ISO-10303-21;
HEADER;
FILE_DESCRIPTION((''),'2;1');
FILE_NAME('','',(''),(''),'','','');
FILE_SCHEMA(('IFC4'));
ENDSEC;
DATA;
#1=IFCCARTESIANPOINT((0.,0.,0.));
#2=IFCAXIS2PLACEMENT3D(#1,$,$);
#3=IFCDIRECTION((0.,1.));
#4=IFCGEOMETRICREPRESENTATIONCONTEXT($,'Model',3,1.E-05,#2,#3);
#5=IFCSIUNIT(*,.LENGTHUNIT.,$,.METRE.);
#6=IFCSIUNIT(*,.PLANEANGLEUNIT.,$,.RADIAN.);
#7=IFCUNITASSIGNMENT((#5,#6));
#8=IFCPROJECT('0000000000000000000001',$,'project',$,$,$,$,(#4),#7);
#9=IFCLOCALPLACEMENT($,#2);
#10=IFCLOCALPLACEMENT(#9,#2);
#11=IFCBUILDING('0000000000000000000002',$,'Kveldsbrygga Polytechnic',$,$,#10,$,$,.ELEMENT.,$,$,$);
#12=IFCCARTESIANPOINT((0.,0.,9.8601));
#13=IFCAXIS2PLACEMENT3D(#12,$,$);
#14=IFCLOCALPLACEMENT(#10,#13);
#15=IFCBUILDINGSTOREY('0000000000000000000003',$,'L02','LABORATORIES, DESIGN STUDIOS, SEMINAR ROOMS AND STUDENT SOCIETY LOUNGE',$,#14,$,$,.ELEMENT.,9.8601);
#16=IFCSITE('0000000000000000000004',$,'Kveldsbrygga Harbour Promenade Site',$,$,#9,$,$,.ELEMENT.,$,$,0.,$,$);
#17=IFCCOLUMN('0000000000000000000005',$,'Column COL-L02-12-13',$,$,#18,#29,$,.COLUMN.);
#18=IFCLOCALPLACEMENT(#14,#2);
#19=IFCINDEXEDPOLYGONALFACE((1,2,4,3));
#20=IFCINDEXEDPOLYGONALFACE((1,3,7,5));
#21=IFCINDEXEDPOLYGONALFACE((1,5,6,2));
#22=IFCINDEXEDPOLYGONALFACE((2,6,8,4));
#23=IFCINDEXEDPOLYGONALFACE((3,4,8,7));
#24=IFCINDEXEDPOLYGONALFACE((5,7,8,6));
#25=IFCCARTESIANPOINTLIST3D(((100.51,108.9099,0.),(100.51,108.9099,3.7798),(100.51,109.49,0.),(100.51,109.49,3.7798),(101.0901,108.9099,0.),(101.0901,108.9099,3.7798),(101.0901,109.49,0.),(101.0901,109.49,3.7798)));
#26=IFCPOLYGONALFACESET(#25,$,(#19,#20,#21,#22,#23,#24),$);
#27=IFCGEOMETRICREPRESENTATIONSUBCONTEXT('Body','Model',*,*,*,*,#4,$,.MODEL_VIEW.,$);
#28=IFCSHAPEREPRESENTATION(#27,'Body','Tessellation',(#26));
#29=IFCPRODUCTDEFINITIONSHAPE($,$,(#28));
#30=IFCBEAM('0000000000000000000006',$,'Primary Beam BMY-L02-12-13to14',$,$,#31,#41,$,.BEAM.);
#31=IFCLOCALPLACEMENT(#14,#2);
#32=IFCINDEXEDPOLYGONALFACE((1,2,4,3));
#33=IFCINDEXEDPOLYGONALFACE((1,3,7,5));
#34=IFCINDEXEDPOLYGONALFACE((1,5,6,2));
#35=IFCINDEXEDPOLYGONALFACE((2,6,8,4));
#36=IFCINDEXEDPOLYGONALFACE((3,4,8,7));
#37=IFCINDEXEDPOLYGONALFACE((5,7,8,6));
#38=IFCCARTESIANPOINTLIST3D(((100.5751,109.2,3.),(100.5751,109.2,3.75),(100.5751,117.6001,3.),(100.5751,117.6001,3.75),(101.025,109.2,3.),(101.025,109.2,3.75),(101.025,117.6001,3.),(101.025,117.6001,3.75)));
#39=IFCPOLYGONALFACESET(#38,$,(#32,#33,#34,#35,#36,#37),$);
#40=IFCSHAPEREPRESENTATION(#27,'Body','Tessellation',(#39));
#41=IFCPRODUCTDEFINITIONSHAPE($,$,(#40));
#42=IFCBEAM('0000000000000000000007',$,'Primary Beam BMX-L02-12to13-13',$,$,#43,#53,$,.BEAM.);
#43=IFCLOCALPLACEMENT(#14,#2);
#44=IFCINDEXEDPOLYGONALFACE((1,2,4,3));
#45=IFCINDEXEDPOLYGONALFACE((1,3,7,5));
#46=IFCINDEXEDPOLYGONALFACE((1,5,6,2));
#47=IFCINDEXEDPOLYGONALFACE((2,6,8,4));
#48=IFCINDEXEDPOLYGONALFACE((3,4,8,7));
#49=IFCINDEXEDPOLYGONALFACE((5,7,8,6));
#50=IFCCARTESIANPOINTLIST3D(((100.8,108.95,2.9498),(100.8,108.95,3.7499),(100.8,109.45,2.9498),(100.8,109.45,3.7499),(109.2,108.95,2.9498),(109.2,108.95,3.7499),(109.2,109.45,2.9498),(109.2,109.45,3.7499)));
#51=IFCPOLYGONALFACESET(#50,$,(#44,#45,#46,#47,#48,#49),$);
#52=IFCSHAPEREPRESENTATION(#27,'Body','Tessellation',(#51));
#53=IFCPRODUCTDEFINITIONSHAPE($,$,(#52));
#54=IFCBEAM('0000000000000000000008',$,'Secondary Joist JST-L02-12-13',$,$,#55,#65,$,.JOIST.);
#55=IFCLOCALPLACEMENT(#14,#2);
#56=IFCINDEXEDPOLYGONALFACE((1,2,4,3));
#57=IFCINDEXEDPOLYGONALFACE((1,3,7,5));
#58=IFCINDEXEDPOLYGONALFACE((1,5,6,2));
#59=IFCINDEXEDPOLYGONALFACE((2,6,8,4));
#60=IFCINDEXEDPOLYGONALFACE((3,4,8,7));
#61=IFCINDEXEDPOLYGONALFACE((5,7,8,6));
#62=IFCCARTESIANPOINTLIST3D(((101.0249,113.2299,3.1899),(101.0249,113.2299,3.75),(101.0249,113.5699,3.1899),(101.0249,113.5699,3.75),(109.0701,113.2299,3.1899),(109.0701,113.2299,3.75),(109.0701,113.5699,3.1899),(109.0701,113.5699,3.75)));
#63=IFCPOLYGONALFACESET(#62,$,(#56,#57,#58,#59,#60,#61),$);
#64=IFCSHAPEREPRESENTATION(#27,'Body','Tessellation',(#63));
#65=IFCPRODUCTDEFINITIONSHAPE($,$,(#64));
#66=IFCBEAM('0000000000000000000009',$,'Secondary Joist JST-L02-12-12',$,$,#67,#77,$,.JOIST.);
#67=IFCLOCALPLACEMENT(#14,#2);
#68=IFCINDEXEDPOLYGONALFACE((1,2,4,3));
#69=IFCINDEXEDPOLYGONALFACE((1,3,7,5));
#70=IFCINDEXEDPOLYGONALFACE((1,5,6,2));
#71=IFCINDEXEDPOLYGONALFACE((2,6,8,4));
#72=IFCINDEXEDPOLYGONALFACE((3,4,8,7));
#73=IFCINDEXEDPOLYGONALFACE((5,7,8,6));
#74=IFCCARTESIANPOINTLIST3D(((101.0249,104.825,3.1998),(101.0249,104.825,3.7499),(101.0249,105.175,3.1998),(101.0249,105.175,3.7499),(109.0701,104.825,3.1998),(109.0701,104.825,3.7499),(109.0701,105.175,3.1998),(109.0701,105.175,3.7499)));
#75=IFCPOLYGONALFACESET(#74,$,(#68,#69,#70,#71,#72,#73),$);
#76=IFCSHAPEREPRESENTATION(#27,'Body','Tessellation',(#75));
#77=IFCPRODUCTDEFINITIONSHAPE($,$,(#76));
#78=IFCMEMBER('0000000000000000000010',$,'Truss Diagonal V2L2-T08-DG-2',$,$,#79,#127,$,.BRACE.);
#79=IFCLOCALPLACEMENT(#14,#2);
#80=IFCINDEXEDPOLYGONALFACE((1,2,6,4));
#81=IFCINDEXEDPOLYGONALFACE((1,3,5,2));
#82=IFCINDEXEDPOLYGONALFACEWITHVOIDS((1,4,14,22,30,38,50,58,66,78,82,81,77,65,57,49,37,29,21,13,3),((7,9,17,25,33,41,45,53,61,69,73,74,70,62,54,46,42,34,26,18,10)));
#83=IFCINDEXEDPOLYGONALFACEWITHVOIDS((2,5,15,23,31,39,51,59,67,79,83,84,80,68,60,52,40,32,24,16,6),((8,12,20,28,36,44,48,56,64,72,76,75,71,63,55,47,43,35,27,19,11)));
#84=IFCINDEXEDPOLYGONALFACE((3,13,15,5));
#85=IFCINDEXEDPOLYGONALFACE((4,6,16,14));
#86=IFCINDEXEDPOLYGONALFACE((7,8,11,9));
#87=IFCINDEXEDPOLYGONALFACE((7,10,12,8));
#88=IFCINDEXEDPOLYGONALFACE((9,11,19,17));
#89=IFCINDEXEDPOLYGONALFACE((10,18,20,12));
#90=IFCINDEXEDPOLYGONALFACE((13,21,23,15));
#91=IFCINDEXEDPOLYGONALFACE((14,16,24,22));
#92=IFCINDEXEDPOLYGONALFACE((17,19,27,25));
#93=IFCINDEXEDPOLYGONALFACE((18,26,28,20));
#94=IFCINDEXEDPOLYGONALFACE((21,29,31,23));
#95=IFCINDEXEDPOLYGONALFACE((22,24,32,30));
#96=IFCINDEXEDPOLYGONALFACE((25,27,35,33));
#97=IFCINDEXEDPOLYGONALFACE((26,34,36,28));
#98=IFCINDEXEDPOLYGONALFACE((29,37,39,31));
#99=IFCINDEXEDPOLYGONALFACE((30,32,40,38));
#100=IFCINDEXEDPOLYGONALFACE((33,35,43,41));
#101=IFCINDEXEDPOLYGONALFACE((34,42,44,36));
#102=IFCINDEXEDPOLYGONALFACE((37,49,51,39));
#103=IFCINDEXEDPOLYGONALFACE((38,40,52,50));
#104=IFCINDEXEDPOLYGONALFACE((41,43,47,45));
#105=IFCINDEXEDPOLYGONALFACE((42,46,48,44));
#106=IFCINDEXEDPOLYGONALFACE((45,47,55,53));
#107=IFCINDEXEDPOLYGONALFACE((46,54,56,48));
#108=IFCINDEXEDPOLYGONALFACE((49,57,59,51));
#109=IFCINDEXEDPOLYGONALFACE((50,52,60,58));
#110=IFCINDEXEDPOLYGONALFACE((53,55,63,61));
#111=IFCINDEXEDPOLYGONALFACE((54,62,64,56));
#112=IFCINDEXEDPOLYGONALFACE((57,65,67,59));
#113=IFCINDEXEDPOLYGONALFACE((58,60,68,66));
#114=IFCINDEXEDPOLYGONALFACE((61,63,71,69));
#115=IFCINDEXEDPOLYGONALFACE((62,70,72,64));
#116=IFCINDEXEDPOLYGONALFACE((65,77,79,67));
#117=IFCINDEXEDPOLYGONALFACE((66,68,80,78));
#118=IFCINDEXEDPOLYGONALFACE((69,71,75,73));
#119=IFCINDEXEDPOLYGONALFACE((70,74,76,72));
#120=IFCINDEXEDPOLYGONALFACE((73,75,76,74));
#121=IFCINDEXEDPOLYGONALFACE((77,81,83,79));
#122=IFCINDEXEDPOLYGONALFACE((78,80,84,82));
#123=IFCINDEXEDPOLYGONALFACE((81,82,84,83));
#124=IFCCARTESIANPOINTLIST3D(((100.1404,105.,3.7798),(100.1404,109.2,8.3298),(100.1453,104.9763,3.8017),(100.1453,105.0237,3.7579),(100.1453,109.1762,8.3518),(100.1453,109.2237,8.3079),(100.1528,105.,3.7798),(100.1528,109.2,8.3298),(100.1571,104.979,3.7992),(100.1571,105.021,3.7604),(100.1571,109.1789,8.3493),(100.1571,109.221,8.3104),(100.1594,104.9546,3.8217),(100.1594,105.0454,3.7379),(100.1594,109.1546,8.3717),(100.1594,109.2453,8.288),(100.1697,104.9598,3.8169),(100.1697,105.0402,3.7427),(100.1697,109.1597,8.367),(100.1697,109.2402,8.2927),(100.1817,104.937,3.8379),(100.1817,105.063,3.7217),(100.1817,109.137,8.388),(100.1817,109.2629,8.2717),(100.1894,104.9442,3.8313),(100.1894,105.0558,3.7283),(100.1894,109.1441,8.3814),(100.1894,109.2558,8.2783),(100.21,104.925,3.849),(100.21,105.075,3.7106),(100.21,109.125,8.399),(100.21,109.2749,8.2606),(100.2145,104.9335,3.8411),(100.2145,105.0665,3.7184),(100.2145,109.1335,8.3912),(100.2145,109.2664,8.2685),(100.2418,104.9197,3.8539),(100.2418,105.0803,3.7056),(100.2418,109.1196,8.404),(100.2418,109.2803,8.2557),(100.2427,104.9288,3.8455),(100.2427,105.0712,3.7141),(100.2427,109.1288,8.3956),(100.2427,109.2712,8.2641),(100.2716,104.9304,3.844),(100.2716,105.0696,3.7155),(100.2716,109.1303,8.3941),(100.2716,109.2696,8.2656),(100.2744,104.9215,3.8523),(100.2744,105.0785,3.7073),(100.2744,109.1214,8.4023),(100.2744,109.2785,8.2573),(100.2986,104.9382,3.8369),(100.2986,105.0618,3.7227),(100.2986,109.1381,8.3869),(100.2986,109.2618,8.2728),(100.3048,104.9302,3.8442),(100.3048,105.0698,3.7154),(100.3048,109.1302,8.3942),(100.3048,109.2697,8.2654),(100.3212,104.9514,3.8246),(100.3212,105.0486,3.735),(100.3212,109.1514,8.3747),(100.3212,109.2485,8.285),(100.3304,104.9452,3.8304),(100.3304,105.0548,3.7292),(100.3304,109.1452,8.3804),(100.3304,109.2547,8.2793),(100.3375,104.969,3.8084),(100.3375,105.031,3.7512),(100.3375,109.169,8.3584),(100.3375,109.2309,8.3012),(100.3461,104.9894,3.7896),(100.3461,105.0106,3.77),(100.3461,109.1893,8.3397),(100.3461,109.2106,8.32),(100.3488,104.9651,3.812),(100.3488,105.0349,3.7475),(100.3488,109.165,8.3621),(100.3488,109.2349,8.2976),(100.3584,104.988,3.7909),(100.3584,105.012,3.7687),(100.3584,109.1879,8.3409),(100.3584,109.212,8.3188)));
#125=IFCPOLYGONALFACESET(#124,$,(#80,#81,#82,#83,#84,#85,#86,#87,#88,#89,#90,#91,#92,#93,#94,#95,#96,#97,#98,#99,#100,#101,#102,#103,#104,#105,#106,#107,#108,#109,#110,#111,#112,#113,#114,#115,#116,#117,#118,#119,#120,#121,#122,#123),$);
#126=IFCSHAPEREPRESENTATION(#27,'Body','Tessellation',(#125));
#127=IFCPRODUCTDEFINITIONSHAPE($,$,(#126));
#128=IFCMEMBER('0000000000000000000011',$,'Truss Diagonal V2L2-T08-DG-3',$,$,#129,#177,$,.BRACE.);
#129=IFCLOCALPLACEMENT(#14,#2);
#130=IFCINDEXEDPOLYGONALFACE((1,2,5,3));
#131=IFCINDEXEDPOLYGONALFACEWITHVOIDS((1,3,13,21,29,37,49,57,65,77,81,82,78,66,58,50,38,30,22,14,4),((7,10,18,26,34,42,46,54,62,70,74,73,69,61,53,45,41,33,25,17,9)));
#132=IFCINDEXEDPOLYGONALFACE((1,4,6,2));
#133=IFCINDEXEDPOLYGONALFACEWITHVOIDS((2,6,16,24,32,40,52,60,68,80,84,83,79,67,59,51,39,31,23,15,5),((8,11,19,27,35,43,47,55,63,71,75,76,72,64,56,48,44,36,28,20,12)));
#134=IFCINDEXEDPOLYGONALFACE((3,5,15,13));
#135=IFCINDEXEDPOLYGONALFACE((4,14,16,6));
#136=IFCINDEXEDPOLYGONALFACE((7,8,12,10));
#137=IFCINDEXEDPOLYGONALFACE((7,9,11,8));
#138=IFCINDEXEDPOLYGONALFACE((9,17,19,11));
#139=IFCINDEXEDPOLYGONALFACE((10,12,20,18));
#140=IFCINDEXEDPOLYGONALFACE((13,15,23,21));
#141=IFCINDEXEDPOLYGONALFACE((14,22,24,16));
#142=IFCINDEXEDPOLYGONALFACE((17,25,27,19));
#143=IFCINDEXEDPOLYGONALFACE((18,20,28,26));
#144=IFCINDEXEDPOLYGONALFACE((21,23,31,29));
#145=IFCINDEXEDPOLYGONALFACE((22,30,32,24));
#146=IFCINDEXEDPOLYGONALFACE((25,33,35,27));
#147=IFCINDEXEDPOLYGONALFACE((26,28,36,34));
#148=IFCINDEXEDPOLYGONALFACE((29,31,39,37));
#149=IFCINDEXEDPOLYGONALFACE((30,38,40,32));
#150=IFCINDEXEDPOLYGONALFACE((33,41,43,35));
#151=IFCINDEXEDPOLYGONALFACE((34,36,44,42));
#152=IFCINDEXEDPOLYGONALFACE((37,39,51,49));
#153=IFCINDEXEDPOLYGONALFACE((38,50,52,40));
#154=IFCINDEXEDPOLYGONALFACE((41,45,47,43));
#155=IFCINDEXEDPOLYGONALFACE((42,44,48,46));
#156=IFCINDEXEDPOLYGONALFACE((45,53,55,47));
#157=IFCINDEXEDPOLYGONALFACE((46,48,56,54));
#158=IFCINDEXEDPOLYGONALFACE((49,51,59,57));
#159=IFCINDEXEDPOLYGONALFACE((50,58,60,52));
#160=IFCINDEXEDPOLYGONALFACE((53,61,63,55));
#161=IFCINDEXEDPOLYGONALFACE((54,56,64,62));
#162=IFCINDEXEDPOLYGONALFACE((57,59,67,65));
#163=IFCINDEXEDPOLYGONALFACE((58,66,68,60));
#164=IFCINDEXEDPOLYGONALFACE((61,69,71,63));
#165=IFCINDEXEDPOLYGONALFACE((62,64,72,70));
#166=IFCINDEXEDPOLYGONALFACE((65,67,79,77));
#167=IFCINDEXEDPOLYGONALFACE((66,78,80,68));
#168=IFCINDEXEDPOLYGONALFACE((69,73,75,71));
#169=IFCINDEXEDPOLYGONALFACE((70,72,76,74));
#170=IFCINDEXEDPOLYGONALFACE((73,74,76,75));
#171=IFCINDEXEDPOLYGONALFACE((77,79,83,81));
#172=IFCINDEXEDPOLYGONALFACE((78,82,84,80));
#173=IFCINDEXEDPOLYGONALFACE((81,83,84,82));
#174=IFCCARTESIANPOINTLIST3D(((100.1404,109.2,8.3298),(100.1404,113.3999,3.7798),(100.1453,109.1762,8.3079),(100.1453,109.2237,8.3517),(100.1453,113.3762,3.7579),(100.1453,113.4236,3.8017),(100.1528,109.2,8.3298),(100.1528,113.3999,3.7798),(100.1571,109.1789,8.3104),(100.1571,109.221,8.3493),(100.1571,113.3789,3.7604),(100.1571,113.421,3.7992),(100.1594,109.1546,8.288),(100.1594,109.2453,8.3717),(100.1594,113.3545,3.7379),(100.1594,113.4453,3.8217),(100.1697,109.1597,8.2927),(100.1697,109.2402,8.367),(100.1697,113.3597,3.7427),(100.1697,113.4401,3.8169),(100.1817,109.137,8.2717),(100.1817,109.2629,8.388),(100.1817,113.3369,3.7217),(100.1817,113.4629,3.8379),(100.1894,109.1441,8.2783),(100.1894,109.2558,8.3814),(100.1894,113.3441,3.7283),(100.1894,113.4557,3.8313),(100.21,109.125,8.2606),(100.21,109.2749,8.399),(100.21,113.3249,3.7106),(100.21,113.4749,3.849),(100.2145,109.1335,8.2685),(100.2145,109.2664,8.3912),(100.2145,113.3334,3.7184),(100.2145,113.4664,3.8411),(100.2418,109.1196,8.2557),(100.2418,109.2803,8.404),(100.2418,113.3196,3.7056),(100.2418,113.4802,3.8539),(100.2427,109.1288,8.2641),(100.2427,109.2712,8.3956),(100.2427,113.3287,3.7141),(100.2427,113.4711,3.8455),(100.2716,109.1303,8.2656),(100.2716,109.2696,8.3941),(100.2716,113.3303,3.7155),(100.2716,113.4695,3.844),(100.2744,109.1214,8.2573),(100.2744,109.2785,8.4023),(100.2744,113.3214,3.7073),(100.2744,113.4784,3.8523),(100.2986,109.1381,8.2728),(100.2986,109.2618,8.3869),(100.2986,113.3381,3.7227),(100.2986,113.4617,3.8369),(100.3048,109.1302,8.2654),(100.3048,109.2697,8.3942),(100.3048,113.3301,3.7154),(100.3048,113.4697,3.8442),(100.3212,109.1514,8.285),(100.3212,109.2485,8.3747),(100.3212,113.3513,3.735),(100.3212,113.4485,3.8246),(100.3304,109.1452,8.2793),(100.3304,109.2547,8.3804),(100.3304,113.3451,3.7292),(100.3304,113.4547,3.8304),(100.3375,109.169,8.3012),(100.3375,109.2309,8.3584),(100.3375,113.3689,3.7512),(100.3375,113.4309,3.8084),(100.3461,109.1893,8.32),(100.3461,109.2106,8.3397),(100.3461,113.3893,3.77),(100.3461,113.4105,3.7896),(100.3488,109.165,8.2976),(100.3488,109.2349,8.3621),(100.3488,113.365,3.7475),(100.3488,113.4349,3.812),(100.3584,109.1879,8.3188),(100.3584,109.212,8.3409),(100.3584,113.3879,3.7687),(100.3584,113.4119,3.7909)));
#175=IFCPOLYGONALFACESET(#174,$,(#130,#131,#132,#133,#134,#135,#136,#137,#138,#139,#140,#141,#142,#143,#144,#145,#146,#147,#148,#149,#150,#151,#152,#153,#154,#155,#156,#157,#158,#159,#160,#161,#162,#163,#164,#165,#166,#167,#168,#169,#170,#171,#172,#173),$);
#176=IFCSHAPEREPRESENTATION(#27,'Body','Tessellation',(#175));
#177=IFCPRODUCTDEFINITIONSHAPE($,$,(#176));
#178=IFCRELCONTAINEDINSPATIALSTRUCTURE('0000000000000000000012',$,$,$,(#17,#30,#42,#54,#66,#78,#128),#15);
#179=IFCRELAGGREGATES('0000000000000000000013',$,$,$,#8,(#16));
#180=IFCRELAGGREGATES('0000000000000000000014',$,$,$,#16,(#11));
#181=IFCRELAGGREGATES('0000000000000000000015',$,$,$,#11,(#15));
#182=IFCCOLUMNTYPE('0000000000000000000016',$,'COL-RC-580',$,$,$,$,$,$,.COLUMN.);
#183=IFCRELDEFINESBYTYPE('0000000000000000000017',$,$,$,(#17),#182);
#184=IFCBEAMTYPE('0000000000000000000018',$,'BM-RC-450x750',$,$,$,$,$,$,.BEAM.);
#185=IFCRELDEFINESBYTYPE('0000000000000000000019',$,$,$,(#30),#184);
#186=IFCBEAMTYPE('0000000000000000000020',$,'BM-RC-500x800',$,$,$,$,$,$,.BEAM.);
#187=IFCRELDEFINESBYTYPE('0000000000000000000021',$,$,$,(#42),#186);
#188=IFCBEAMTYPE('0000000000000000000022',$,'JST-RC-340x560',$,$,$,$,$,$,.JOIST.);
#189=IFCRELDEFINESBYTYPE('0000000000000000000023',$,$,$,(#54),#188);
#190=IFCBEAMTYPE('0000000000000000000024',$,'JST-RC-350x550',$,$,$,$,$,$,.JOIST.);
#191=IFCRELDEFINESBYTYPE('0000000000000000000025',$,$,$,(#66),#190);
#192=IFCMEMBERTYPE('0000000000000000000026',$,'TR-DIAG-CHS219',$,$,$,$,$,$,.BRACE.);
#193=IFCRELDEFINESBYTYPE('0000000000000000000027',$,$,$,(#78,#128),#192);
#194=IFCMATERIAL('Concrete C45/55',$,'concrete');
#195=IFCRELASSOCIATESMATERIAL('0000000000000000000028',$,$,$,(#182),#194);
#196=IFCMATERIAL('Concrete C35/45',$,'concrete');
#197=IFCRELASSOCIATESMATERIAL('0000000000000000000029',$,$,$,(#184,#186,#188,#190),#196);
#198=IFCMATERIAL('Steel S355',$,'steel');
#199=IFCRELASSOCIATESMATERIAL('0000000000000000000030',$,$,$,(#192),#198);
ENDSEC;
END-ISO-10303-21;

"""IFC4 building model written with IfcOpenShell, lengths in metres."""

from ifc_helpers import new_model, si_unit, direction, frame, origin, origin_2d, place, context, subcontext, project, spatial, rectangle, hollow_circle, extrude, material, material_profile, profile_set, type_object, element, save


model = new_model("IFC4")

# Units and contexts
model_context = context("Model", 3, precision=1e-05, world=origin(), true_north=direction((0.0, 1.0)))
body_context = subcontext(model_context, "Body", "Model", "MODEL_VIEW")
ifc_project = project(units=[si_unit("LENGTHUNIT", "METRE"), si_unit("PLANEANGLEUNIT", "RADIAN")], contexts=[model_context])

# Site, building, storey
site_placement = place(None, origin())
site = spatial("IfcSite", under=ifc_project, at=site_placement, Name="Kveldsbrygga Harbour Promenade Site", CompositionType="ELEMENT", RefElevation=0.0)
building_placement = place(site_placement, origin())
building = spatial("IfcBuilding", under=site, at=building_placement, Name="Kveldsbrygga Polytechnic", CompositionType="ELEMENT")
storey_placement = place(building_placement, frame((0.0, 0.0, 9.8601)))
storey = spatial("IfcBuildingStorey", under=building, at=storey_placement, Name="L02", Description="LABORATORIES, DESIGN STUDIOS, SEMINAR ROOMS AND STUDENT SOCIETY LOUNGE", CompositionType="ELEMENT", Elevation=9.8601)

# Column
ifc_material_1 = material(Name="Concrete C45/55", Category="concrete")
ifc_material_profile_1 = material_profile(ifc_material_1, rectangle(XDim=0.5801, YDim=0.5801, at=origin_2d()), Name="RC 580x580")
ifc_profile_set_1 = profile_set([ifc_material_profile_1], Name="Concrete C45/55")
column_type = type_object("IfcColumnType", Name="COL-RC-580", PredefinedType="COLUMN", material=ifc_profile_set_1)
column_placement = place(storey_placement, frame((100.8, 109.2, 0.0), z_axis=(0.0, 0.0, 1.0), x_axis=(1.0, 0.0, 0.0)))
element("IfcColumn", 1, at=column_placement, inside=storey, type_object=column_type, Name="Column COL-L02-12-13", PredefinedType="COLUMN", context=body_context, shape_type="SweptSolid", body=[
    extrude(rectangle(XDim=0.5801, YDim=0.5801, at=origin_2d()), origin(), (0.0, 0.0, 1.0), 3.7798),
])

# Beams
ifc_material_2 = material(Name="Concrete C35/45", Category="concrete")
ifc_material_profile_2 = material_profile(ifc_material_2, rectangle(XDim=0.45, YDim=0.75, at=origin_2d()), Name="RC 450x750")
ifc_profile_set_2 = profile_set([ifc_material_profile_2], Name="Concrete C35/45")
beam_type_1 = type_object("IfcBeamType", Name="BM-RC-450x750", PredefinedType="BEAM", material=ifc_profile_set_2)
beam_1_placement = place(storey_placement, frame((100.8, 109.2, 3.375), z_axis=(0.0, 1.0, 0.0), x_axis=(-1.0, 0.0, 0.0)))
element("IfcBeam", 2, at=beam_1_placement, inside=storey, type_object=beam_type_1, Name="Primary Beam BMY-L02-12-13to14", PredefinedType="BEAM", context=body_context, shape_type="SweptSolid", body=[
    extrude(rectangle(XDim=0.45, YDim=0.75, at=origin_2d()), origin(), (0.0, 0.0, 1.0), 8.4001),
])
ifc_material_profile_3 = material_profile(ifc_material_2, rectangle(XDim=0.5, YDim=0.8, at=origin_2d()), Name="RC 500x800")
ifc_profile_set_3 = profile_set([ifc_material_profile_3], Name="Concrete C35/45")
beam_type_2 = type_object("IfcBeamType", Name="BM-RC-500x800", PredefinedType="BEAM", material=ifc_profile_set_3)
beam_2_placement = place(storey_placement, frame((100.8, 109.2, 3.3499), z_axis=(1.0, 0.0, 0.0), x_axis=(0.0, 1.0, 0.0)))
element("IfcBeam", 3, at=beam_2_placement, inside=storey, type_object=beam_type_2, Name="Primary Beam BMX-L02-12to13-13", PredefinedType="BEAM", context=body_context, shape_type="SweptSolid", body=[
    extrude(rectangle(XDim=0.5, YDim=0.8, at=origin_2d()), origin(), (0.0, 0.0, 1.0), 8.3999),
])
ifc_material_profile_4 = material_profile(ifc_material_2, rectangle(XDim=0.3401, YDim=0.5601, at=origin_2d()), Name="RC 340x560")
ifc_profile_set_4 = profile_set([ifc_material_profile_4], Name="Concrete C35/45")
beam_type_3 = type_object("IfcBeamType", Name="JST-RC-340x560", PredefinedType="JOIST", material=ifc_profile_set_4)
beam_3_placement = place(storey_placement, frame((101.0249, 113.3999, 3.47), z_axis=(1.0, 0.0, 0.0), x_axis=(0.0, 1.0, 0.0)))
element("IfcBeam", 4, at=beam_3_placement, inside=storey, type_object=beam_type_3, Name="Secondary Joist JST-L02-12-13", PredefinedType="JOIST", context=body_context, shape_type="SweptSolid", body=[
    extrude(rectangle(XDim=0.3401, YDim=0.5601, at=origin_2d()), origin(), (0.0, 0.0, 1.0), 8.0452),
])
ifc_material_profile_5 = material_profile(ifc_material_2, rectangle(XDim=0.3501, YDim=0.55, at=origin_2d()), Name="RC 350x550")
ifc_profile_set_5 = profile_set([ifc_material_profile_5], Name="Concrete C35/45")
beam_type_4 = type_object("IfcBeamType", Name="JST-RC-350x550", PredefinedType="JOIST", material=ifc_profile_set_5)
beam_4_placement = place(storey_placement, frame((101.0249, 105.0, 3.4749), z_axis=(1.0, 0.0, 0.0), x_axis=(0.0, 1.0, 0.0)))
element("IfcBeam", 5, at=beam_4_placement, inside=storey, type_object=beam_type_4, Name="Secondary Joist JST-L02-12-12", PredefinedType="JOIST", context=body_context, shape_type="SweptSolid", body=[
    extrude(rectangle(XDim=0.3501, YDim=0.55, at=origin_2d()), origin(), (0.0, 0.0, 1.0), 8.0452),
])

# Members
ifc_material_3 = material(Name="Steel S355", Category="steel")
ifc_material_profile_6 = material_profile(ifc_material_3, hollow_circle(Radius=0.1096, WallThickness=0.0125, at=origin_2d()), Name="CHS 219.1x12.5")
ifc_profile_set_6 = profile_set([ifc_material_profile_6], Name="Steel S355")
member_type_1 = type_object("IfcMemberType", Name="TR-DIAG-CHS219", PredefinedType="BRACE", material=ifc_profile_set_6)
for number, where, z_axis, x_axis, name in (
    (6, (100.25, 105.0, 3.7798), (0.0, 0.678272, 0.734811), (-1.0, 0.0, 0.0), "Truss Diagonal V2L2-T08-DG-2"),
    (7, (100.25, 109.2, 8.3298), (0.0, 0.678272, -0.734811), (-1.0, 0.0, 0.0), "Truss Diagonal V2L2-T08-DG-3"),
):
    element("IfcMember", number, at=place(storey_placement, frame(where, z_axis=z_axis, x_axis=x_axis)), inside=storey, type_object=member_type_1, Name=name, PredefinedType="BRACE", context=body_context, shape_type="SweptSolid", body=[
        extrude(hollow_circle(Radius=0.1096, WallThickness=0.0125, at=origin_2d()), origin(), (0.0, 0.0, 1.0), 6.1921),
    ])

save(model, "model.ifc")
